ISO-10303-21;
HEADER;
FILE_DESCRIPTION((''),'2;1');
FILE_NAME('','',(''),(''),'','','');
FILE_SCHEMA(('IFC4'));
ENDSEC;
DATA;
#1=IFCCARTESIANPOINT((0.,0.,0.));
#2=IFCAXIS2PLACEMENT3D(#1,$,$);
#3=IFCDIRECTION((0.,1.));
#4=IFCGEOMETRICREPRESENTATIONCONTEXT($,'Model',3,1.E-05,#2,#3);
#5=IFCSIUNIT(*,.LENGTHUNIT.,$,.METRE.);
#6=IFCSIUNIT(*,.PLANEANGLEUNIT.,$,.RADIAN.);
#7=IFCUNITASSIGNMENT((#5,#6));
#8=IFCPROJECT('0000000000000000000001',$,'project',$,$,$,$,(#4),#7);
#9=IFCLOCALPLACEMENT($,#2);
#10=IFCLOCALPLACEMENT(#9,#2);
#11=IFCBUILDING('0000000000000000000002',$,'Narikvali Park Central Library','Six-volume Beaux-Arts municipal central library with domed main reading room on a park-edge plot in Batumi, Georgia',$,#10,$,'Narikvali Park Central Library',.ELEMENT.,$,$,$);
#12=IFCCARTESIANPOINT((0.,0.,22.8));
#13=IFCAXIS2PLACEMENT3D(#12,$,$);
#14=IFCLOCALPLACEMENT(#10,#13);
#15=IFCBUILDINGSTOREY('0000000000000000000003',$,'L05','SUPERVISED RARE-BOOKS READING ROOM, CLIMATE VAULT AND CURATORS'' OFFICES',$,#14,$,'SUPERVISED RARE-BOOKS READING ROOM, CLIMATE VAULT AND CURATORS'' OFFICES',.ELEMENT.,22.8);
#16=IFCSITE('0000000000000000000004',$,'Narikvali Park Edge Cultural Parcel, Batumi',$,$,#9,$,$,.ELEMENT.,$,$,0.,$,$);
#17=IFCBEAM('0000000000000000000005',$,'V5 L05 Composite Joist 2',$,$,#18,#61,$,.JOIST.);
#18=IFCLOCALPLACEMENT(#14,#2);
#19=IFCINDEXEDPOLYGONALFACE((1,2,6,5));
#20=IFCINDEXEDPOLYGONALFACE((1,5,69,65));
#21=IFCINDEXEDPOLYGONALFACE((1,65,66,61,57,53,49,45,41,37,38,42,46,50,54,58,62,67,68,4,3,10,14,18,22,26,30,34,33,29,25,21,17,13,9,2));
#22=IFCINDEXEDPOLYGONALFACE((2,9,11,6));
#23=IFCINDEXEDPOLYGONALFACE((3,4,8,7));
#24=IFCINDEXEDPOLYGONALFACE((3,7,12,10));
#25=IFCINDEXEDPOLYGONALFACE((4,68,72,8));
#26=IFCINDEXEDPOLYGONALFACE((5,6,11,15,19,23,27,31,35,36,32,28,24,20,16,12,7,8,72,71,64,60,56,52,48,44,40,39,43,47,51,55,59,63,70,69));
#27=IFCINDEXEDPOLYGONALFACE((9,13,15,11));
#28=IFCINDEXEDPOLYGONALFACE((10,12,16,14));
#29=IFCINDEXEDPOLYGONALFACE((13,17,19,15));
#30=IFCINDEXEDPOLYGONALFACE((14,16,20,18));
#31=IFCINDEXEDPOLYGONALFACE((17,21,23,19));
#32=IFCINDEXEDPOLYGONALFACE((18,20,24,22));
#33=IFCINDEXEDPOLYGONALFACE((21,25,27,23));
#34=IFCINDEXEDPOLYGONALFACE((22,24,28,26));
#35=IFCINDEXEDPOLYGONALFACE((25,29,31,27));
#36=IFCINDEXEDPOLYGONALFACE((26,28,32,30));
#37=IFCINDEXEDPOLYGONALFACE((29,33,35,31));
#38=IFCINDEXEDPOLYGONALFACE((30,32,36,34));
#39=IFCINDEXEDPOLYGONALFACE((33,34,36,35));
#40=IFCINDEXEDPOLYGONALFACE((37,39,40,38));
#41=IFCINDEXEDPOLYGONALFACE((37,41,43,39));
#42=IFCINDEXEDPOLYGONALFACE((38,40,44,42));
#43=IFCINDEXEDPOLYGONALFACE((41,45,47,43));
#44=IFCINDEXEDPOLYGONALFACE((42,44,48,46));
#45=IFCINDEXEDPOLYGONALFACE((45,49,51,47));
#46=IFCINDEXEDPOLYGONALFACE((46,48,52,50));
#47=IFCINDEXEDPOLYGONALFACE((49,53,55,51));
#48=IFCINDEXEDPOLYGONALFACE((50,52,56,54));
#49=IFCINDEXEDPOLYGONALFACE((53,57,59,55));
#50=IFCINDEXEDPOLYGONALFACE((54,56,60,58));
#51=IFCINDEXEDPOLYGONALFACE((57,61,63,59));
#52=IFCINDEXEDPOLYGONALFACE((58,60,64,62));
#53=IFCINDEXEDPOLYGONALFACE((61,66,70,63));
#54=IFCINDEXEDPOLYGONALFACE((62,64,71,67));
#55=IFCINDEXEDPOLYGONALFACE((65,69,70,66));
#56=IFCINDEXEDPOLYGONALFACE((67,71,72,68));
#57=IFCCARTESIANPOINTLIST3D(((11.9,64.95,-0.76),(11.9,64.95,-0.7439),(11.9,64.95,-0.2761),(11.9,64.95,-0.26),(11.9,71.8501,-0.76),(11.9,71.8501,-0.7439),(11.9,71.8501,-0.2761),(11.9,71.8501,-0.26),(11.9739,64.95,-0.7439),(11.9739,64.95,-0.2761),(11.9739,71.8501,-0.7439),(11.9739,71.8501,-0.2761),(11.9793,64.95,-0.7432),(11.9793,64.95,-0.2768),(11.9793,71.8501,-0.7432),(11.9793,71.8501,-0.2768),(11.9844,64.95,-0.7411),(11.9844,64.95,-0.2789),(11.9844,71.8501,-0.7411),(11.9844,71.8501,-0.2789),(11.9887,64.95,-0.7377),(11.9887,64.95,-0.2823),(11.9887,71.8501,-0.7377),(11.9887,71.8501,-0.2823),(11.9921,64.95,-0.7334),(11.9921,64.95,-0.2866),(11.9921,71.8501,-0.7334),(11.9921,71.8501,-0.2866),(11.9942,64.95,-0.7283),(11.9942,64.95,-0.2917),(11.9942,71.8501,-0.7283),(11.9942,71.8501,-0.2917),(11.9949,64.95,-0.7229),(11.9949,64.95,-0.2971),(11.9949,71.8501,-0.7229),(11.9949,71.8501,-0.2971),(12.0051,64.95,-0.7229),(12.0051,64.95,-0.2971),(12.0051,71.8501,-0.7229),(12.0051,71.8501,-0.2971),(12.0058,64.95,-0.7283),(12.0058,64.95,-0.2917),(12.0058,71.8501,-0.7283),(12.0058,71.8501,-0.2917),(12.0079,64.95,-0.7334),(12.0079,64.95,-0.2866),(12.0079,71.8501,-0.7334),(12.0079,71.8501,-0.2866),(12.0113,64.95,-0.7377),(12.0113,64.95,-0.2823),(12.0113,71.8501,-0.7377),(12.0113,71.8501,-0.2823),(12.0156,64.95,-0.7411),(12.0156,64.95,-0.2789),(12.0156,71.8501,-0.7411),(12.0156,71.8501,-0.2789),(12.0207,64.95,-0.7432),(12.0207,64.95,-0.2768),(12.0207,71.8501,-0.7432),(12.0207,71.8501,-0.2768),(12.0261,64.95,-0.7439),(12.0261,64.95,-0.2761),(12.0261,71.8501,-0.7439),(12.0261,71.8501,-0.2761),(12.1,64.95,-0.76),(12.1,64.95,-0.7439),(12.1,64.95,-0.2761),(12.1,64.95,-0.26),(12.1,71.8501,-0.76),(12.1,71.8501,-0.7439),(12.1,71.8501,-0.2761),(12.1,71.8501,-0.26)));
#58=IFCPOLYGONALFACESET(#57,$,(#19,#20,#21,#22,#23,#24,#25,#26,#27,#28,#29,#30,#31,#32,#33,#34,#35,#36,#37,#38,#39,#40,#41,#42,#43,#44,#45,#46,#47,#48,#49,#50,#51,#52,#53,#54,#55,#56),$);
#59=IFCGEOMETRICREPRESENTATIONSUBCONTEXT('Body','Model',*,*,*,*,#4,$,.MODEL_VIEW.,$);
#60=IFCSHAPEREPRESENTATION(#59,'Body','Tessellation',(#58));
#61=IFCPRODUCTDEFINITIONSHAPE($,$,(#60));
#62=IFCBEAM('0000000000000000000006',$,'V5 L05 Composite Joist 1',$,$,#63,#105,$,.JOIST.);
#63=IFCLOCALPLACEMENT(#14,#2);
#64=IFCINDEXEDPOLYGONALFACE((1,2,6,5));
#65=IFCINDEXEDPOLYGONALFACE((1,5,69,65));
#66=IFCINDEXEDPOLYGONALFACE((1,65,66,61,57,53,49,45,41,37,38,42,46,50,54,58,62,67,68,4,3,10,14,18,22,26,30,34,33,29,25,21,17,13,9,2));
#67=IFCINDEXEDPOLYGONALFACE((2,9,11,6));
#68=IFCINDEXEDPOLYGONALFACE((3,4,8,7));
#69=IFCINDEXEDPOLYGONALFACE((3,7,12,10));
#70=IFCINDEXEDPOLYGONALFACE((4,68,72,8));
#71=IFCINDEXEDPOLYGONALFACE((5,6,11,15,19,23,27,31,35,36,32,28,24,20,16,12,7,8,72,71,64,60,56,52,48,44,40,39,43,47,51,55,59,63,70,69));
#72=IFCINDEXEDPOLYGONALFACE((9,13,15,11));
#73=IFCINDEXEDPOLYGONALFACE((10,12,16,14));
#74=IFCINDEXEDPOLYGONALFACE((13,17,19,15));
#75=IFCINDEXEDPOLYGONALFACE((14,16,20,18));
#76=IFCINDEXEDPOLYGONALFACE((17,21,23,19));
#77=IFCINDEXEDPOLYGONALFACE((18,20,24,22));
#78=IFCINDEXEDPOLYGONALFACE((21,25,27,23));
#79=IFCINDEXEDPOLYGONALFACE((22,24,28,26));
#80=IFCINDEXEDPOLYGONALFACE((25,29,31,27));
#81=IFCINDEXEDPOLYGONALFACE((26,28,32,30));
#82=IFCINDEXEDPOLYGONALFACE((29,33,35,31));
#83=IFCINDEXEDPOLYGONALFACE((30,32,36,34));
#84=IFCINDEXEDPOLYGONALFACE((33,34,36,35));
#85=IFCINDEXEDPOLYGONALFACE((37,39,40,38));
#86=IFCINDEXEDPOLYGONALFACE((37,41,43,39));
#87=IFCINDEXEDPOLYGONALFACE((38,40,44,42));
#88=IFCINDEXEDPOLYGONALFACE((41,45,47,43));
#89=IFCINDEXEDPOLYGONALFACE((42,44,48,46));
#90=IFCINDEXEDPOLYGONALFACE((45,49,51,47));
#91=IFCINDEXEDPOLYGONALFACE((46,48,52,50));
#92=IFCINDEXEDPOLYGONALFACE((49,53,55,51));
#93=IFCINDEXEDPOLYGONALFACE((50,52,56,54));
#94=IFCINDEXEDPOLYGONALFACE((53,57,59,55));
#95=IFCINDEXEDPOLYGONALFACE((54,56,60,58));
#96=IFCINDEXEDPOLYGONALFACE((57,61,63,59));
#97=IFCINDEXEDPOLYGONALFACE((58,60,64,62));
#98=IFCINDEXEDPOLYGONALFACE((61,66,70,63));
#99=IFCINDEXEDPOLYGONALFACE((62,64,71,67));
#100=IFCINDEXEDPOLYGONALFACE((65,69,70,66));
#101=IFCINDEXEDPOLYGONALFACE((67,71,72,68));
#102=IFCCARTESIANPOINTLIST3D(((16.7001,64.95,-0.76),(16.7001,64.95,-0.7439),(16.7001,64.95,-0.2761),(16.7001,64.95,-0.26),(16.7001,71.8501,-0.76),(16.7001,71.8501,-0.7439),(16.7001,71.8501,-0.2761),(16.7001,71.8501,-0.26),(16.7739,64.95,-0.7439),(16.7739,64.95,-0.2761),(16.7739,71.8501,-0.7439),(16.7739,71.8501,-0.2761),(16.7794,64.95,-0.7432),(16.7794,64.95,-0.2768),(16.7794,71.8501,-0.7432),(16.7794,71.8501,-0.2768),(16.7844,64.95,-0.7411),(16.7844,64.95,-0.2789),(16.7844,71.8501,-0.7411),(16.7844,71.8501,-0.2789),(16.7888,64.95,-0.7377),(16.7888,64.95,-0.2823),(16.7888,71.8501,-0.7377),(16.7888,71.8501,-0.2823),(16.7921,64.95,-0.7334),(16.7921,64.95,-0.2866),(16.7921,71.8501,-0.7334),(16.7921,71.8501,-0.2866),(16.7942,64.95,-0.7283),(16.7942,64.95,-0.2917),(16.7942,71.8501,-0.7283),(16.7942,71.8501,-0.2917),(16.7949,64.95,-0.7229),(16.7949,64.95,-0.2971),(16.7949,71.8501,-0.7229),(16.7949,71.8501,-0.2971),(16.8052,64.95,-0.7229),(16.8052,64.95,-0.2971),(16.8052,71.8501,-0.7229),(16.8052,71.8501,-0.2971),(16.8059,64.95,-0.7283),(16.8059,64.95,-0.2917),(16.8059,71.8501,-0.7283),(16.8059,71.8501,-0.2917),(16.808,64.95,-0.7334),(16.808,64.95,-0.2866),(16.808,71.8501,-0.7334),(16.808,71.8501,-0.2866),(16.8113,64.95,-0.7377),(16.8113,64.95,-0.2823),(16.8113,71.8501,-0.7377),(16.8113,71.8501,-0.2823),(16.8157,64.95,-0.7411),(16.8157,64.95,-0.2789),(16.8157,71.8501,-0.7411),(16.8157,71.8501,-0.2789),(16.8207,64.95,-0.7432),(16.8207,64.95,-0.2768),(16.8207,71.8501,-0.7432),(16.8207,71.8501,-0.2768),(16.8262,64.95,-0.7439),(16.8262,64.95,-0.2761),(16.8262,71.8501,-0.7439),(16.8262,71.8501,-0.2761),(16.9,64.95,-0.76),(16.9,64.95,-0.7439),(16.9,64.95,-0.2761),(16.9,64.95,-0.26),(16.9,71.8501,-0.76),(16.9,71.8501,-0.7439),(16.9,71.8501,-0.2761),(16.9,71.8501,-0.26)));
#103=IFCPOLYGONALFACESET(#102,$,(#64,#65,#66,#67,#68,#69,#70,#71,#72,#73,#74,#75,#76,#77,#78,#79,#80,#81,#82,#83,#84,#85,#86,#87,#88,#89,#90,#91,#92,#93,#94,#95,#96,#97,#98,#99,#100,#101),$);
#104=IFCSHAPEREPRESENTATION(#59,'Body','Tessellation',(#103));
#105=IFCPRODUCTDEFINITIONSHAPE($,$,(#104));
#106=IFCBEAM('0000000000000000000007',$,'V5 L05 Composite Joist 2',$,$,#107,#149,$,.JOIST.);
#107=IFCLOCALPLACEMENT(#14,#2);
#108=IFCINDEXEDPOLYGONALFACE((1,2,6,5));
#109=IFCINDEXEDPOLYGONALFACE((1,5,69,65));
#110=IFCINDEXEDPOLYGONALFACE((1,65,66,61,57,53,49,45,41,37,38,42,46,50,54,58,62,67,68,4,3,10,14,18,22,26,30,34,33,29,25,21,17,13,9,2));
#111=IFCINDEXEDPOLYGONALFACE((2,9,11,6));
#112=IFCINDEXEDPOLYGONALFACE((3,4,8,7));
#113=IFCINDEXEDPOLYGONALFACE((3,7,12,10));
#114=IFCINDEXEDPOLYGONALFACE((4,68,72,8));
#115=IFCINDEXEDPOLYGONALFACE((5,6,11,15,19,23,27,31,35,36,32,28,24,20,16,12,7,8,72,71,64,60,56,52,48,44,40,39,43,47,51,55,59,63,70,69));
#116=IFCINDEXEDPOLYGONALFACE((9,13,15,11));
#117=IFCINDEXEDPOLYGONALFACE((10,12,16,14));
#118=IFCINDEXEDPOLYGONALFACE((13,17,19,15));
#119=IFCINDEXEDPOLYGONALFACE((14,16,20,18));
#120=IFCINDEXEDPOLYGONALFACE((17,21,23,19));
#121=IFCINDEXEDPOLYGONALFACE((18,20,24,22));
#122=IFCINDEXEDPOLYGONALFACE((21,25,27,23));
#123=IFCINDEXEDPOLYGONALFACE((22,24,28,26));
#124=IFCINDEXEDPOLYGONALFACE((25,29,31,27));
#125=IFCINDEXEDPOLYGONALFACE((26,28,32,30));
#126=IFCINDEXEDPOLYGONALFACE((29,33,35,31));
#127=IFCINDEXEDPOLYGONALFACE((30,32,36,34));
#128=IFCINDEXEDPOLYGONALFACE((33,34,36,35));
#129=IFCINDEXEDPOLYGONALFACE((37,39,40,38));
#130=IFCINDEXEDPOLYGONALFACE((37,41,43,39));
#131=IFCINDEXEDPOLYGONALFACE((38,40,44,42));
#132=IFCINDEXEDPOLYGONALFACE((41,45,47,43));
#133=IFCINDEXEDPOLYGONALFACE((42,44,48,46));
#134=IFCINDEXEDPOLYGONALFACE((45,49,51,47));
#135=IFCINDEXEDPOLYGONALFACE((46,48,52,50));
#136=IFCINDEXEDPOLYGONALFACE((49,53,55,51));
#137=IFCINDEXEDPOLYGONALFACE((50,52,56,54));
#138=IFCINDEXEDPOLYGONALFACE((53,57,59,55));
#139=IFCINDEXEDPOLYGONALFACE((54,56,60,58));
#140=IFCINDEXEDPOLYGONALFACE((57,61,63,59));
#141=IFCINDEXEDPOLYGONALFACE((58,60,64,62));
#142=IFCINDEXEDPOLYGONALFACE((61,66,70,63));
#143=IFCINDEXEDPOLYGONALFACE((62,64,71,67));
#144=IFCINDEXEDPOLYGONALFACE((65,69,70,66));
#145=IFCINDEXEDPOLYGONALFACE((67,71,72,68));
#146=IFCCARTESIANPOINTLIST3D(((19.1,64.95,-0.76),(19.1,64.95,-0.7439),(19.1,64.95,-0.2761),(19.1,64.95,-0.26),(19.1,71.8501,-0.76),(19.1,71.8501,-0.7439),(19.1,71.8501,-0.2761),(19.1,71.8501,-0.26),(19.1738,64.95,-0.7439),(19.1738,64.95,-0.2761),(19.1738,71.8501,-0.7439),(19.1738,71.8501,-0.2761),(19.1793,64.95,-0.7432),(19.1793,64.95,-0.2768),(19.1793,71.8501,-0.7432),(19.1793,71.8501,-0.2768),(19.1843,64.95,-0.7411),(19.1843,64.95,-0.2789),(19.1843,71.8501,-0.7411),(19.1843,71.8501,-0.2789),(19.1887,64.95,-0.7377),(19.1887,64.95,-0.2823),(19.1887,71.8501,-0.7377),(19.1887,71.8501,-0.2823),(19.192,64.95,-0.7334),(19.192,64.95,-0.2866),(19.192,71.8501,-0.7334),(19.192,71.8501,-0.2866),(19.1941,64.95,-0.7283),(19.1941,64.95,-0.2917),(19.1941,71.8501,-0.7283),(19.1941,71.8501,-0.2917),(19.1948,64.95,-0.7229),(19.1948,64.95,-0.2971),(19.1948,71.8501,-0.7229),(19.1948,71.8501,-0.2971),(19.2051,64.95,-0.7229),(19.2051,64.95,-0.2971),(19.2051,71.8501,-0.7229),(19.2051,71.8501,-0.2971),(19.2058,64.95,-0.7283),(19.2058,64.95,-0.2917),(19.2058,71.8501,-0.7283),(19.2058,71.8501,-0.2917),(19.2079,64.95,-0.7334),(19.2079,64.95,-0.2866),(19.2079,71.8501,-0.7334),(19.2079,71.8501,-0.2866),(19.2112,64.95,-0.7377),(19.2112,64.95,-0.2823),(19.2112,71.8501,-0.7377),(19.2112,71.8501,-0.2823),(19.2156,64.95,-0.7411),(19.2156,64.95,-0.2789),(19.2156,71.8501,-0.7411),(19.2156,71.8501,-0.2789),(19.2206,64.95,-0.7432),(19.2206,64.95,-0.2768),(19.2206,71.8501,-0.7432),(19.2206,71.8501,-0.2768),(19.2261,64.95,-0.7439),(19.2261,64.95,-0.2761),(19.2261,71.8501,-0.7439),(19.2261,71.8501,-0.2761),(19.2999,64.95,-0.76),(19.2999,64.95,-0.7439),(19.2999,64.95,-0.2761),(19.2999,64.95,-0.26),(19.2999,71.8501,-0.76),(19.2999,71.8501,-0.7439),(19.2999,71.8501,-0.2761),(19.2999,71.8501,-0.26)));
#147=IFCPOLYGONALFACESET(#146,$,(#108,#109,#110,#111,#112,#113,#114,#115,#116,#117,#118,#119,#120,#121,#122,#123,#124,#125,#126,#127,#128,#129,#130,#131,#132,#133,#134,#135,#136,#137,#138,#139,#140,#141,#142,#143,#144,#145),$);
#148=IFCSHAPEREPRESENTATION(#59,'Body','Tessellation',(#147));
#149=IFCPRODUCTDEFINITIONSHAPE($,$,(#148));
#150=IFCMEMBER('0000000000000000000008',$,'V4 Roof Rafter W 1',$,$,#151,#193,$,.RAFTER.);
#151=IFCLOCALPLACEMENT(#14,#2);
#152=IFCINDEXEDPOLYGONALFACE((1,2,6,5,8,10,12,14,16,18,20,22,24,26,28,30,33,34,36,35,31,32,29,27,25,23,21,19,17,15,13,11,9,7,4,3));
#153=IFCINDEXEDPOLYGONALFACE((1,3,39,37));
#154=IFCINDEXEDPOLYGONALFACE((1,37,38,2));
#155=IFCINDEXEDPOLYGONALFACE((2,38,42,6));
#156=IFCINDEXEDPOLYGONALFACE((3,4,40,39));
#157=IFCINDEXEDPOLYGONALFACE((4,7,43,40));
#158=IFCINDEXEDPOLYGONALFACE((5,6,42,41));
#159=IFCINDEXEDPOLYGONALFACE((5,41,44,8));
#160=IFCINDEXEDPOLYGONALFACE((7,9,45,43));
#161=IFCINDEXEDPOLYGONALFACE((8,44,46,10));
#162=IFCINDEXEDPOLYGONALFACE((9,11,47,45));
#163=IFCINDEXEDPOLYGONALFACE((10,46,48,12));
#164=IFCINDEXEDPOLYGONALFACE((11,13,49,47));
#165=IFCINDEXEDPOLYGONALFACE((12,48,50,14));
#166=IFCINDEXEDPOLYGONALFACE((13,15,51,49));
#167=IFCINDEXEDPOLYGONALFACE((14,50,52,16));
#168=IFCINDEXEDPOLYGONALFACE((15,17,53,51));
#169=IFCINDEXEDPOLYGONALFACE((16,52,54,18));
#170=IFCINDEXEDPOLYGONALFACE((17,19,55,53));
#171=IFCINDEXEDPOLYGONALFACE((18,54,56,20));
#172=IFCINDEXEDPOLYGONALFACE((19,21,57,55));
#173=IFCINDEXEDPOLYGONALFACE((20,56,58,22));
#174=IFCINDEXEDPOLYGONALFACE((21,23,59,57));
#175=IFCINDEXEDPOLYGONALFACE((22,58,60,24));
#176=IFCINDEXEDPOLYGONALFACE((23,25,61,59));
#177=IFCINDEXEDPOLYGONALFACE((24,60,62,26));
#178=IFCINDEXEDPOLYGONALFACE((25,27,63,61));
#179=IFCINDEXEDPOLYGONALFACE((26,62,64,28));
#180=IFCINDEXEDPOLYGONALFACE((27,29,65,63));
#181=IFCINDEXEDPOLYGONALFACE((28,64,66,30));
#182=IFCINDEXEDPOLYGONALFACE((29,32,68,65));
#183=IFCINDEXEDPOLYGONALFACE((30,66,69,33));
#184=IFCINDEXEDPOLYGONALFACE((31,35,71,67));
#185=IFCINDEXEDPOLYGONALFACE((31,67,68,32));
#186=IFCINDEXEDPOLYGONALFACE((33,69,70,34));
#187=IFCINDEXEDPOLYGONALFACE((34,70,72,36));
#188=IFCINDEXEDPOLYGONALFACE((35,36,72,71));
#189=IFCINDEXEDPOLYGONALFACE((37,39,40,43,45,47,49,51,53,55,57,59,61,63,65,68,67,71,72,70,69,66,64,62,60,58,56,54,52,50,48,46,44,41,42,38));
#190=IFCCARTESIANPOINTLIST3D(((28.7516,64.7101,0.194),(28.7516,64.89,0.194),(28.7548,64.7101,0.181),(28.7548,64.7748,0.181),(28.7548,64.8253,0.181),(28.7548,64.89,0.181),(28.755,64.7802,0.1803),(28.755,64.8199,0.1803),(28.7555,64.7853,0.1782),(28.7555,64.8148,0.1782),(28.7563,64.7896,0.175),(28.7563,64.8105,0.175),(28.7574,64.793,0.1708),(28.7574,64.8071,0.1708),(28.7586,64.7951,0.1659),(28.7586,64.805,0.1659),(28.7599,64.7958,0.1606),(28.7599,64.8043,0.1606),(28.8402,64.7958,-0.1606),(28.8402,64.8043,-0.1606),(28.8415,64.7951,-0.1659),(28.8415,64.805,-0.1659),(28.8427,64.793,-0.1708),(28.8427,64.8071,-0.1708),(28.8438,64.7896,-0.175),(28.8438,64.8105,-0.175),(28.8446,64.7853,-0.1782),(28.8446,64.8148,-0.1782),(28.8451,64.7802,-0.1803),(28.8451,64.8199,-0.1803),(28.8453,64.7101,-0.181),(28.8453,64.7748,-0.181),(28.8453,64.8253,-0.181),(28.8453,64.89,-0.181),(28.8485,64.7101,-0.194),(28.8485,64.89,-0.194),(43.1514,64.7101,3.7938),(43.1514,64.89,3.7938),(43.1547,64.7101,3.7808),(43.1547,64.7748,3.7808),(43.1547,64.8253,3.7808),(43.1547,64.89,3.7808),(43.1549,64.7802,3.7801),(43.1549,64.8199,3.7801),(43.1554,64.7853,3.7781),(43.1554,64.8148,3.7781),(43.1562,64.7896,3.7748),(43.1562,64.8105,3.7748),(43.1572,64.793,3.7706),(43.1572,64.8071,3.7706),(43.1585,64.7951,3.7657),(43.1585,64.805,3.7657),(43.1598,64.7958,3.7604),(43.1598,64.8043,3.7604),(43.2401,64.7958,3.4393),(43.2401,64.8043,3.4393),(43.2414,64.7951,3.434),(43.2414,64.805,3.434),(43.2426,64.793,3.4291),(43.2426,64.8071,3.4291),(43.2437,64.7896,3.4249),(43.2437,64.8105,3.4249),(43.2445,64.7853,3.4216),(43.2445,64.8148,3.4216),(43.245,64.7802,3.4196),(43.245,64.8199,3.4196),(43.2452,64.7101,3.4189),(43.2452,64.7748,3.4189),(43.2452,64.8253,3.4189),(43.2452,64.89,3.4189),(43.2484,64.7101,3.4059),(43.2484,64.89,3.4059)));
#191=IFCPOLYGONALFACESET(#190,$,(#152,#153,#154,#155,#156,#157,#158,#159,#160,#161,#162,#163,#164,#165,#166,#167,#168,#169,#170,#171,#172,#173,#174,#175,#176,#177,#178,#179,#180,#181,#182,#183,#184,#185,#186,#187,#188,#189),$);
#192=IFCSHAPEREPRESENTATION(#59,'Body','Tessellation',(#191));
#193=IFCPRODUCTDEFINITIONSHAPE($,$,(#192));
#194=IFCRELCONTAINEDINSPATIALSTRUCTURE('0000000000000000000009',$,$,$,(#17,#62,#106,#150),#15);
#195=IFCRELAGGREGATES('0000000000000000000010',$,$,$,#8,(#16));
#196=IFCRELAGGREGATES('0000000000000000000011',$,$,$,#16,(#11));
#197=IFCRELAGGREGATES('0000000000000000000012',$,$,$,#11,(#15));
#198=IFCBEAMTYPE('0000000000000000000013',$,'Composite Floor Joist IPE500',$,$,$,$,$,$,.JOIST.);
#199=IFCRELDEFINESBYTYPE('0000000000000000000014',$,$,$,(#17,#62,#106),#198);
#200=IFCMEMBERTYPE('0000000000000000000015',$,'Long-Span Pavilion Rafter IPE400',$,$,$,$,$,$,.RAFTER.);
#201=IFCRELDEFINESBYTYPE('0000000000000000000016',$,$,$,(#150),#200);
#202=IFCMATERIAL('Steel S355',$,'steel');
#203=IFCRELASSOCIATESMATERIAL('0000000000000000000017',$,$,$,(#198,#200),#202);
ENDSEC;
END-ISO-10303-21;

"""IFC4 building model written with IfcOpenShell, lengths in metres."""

from ifc_helpers import new_model, si_unit, direction, frame, origin, origin_2d, place, context, subcontext, project, spatial, i_section, extrude, material, material_profile, profile_set, type_object, element, save


model = new_model("IFC4")

# Units and contexts
model_context = context("Model", 3, precision=1e-05, world=origin(), true_north=direction((0.0, 1.0)))
body_context = subcontext(model_context, "Body", "Model", "MODEL_VIEW")
ifc_project = project(units=[si_unit("LENGTHUNIT", "METRE"), si_unit("PLANEANGLEUNIT", "RADIAN")], contexts=[model_context])

# Site, building, storey
site_placement = place(None, origin())
site = spatial("IfcSite", under=ifc_project, at=site_placement, Name="Narikvali Park Edge Cultural Parcel, Batumi", CompositionType="ELEMENT", RefElevation=0.0)
building_placement = place(site_placement, origin())
building = spatial("IfcBuilding", under=site, at=building_placement, Name="Narikvali Park Central Library", Description="Six-volume Beaux-Arts municipal central library with domed main reading room on a park-edge plot in Batumi, Georgia", LongName="Narikvali Park Central Library", CompositionType="ELEMENT")
storey_placement = place(building_placement, frame((0.0, 0.0, 22.8)))
storey = spatial("IfcBuildingStorey", under=building, at=storey_placement, Name="L05", Description="SUPERVISED RARE-BOOKS READING ROOM, CLIMATE VAULT AND CURATORS' OFFICES", LongName="SUPERVISED RARE-BOOKS READING ROOM, CLIMATE VAULT AND CURATORS' OFFICES", CompositionType="ELEMENT", Elevation=22.8)

# Shared definitions
ifc_material_1 = material(Name="Steel S355", Category="steel")

# Beams
ifc_material_profile_1 = material_profile(ifc_material_1, i_section(OverallWidth=0.2, OverallDepth=0.5, WebThickness=0.0103, FlangeThickness=0.0161, FilletRadius=0.021, at=origin_2d()), Name="IPE 500")
ifc_profile_set_1 = profile_set([ifc_material_profile_1], Name="Steel S355")
beam_type_1 = type_object("IfcBeamType", Name="Composite Floor Joist IPE500", PredefinedType="JOIST", material=ifc_profile_set_1)
for number, where, z_axis, x_axis, name in (
    (1, (12.0, 64.95, -0.51), (0.0, 1.0, 0.0), (-1.0, 0.0, 0.0), "V5 L05 Composite Joist 2"),
    (2, (16.8, 64.95, -0.51), (0.0, 1.0, 0.0), (-1.0, 0.0, 0.0), "V5 L05 Composite Joist 1"),
    (3, (19.2, 64.95, -0.51), (0.0, 1.0, 0.0), (-1.0, 0.0, 0.0), "V5 L05 Composite Joist 2"),
):
    element("IfcBeam", number, at=place(storey_placement, frame(where, z_axis=z_axis, x_axis=x_axis)), inside=storey, type_object=beam_type_1, Name=name, PredefinedType="JOIST", context=body_context, shape_type="SweptSolid", body=[
        extrude(i_section(OverallWidth=0.2, OverallDepth=0.5, WebThickness=0.0103, FlangeThickness=0.0161, FilletRadius=0.021, at=origin_2d()), origin(), (0.0, 0.0, 1.0), 6.9001),
    ])

# Member
ifc_material_profile_2 = material_profile(ifc_material_1, i_section(OverallWidth=0.1799, OverallDepth=0.3999, WebThickness=0.0085, FlangeThickness=0.0134, FilletRadius=0.021, at=origin_2d()), Name="IPE 400")
ifc_profile_set_2 = profile_set([ifc_material_profile_2], Name="Steel S355")
member_type_1 = type_object("IfcMemberType", Name="Long-Span Pavilion Rafter IPE400", PredefinedType="RAFTER", material=ifc_profile_set_2)
for number, where, z_axis, x_axis, name in (
    (4, (28.8, 64.8, 0.0), (0.970144, 0.0, 0.242528), (0.0, 1.0, 0.0), "V4 Roof Rafter W 1"),
):
    element("IfcMember", number, at=place(storey_placement, frame(where, z_axis=z_axis, x_axis=x_axis)), inside=storey, type_object=member_type_1, Name=name, PredefinedType="RAFTER", context=body_context, shape_type="SweptSolid", body=[
        extrude(i_section(OverallWidth=0.1799, OverallDepth=0.3999, WebThickness=0.0085, FlangeThickness=0.0134, FilletRadius=0.021, at=origin_2d()), origin(), (0.0, 0.0, 1.0), 14.843),
    ])

save(model, "model.ifc")
